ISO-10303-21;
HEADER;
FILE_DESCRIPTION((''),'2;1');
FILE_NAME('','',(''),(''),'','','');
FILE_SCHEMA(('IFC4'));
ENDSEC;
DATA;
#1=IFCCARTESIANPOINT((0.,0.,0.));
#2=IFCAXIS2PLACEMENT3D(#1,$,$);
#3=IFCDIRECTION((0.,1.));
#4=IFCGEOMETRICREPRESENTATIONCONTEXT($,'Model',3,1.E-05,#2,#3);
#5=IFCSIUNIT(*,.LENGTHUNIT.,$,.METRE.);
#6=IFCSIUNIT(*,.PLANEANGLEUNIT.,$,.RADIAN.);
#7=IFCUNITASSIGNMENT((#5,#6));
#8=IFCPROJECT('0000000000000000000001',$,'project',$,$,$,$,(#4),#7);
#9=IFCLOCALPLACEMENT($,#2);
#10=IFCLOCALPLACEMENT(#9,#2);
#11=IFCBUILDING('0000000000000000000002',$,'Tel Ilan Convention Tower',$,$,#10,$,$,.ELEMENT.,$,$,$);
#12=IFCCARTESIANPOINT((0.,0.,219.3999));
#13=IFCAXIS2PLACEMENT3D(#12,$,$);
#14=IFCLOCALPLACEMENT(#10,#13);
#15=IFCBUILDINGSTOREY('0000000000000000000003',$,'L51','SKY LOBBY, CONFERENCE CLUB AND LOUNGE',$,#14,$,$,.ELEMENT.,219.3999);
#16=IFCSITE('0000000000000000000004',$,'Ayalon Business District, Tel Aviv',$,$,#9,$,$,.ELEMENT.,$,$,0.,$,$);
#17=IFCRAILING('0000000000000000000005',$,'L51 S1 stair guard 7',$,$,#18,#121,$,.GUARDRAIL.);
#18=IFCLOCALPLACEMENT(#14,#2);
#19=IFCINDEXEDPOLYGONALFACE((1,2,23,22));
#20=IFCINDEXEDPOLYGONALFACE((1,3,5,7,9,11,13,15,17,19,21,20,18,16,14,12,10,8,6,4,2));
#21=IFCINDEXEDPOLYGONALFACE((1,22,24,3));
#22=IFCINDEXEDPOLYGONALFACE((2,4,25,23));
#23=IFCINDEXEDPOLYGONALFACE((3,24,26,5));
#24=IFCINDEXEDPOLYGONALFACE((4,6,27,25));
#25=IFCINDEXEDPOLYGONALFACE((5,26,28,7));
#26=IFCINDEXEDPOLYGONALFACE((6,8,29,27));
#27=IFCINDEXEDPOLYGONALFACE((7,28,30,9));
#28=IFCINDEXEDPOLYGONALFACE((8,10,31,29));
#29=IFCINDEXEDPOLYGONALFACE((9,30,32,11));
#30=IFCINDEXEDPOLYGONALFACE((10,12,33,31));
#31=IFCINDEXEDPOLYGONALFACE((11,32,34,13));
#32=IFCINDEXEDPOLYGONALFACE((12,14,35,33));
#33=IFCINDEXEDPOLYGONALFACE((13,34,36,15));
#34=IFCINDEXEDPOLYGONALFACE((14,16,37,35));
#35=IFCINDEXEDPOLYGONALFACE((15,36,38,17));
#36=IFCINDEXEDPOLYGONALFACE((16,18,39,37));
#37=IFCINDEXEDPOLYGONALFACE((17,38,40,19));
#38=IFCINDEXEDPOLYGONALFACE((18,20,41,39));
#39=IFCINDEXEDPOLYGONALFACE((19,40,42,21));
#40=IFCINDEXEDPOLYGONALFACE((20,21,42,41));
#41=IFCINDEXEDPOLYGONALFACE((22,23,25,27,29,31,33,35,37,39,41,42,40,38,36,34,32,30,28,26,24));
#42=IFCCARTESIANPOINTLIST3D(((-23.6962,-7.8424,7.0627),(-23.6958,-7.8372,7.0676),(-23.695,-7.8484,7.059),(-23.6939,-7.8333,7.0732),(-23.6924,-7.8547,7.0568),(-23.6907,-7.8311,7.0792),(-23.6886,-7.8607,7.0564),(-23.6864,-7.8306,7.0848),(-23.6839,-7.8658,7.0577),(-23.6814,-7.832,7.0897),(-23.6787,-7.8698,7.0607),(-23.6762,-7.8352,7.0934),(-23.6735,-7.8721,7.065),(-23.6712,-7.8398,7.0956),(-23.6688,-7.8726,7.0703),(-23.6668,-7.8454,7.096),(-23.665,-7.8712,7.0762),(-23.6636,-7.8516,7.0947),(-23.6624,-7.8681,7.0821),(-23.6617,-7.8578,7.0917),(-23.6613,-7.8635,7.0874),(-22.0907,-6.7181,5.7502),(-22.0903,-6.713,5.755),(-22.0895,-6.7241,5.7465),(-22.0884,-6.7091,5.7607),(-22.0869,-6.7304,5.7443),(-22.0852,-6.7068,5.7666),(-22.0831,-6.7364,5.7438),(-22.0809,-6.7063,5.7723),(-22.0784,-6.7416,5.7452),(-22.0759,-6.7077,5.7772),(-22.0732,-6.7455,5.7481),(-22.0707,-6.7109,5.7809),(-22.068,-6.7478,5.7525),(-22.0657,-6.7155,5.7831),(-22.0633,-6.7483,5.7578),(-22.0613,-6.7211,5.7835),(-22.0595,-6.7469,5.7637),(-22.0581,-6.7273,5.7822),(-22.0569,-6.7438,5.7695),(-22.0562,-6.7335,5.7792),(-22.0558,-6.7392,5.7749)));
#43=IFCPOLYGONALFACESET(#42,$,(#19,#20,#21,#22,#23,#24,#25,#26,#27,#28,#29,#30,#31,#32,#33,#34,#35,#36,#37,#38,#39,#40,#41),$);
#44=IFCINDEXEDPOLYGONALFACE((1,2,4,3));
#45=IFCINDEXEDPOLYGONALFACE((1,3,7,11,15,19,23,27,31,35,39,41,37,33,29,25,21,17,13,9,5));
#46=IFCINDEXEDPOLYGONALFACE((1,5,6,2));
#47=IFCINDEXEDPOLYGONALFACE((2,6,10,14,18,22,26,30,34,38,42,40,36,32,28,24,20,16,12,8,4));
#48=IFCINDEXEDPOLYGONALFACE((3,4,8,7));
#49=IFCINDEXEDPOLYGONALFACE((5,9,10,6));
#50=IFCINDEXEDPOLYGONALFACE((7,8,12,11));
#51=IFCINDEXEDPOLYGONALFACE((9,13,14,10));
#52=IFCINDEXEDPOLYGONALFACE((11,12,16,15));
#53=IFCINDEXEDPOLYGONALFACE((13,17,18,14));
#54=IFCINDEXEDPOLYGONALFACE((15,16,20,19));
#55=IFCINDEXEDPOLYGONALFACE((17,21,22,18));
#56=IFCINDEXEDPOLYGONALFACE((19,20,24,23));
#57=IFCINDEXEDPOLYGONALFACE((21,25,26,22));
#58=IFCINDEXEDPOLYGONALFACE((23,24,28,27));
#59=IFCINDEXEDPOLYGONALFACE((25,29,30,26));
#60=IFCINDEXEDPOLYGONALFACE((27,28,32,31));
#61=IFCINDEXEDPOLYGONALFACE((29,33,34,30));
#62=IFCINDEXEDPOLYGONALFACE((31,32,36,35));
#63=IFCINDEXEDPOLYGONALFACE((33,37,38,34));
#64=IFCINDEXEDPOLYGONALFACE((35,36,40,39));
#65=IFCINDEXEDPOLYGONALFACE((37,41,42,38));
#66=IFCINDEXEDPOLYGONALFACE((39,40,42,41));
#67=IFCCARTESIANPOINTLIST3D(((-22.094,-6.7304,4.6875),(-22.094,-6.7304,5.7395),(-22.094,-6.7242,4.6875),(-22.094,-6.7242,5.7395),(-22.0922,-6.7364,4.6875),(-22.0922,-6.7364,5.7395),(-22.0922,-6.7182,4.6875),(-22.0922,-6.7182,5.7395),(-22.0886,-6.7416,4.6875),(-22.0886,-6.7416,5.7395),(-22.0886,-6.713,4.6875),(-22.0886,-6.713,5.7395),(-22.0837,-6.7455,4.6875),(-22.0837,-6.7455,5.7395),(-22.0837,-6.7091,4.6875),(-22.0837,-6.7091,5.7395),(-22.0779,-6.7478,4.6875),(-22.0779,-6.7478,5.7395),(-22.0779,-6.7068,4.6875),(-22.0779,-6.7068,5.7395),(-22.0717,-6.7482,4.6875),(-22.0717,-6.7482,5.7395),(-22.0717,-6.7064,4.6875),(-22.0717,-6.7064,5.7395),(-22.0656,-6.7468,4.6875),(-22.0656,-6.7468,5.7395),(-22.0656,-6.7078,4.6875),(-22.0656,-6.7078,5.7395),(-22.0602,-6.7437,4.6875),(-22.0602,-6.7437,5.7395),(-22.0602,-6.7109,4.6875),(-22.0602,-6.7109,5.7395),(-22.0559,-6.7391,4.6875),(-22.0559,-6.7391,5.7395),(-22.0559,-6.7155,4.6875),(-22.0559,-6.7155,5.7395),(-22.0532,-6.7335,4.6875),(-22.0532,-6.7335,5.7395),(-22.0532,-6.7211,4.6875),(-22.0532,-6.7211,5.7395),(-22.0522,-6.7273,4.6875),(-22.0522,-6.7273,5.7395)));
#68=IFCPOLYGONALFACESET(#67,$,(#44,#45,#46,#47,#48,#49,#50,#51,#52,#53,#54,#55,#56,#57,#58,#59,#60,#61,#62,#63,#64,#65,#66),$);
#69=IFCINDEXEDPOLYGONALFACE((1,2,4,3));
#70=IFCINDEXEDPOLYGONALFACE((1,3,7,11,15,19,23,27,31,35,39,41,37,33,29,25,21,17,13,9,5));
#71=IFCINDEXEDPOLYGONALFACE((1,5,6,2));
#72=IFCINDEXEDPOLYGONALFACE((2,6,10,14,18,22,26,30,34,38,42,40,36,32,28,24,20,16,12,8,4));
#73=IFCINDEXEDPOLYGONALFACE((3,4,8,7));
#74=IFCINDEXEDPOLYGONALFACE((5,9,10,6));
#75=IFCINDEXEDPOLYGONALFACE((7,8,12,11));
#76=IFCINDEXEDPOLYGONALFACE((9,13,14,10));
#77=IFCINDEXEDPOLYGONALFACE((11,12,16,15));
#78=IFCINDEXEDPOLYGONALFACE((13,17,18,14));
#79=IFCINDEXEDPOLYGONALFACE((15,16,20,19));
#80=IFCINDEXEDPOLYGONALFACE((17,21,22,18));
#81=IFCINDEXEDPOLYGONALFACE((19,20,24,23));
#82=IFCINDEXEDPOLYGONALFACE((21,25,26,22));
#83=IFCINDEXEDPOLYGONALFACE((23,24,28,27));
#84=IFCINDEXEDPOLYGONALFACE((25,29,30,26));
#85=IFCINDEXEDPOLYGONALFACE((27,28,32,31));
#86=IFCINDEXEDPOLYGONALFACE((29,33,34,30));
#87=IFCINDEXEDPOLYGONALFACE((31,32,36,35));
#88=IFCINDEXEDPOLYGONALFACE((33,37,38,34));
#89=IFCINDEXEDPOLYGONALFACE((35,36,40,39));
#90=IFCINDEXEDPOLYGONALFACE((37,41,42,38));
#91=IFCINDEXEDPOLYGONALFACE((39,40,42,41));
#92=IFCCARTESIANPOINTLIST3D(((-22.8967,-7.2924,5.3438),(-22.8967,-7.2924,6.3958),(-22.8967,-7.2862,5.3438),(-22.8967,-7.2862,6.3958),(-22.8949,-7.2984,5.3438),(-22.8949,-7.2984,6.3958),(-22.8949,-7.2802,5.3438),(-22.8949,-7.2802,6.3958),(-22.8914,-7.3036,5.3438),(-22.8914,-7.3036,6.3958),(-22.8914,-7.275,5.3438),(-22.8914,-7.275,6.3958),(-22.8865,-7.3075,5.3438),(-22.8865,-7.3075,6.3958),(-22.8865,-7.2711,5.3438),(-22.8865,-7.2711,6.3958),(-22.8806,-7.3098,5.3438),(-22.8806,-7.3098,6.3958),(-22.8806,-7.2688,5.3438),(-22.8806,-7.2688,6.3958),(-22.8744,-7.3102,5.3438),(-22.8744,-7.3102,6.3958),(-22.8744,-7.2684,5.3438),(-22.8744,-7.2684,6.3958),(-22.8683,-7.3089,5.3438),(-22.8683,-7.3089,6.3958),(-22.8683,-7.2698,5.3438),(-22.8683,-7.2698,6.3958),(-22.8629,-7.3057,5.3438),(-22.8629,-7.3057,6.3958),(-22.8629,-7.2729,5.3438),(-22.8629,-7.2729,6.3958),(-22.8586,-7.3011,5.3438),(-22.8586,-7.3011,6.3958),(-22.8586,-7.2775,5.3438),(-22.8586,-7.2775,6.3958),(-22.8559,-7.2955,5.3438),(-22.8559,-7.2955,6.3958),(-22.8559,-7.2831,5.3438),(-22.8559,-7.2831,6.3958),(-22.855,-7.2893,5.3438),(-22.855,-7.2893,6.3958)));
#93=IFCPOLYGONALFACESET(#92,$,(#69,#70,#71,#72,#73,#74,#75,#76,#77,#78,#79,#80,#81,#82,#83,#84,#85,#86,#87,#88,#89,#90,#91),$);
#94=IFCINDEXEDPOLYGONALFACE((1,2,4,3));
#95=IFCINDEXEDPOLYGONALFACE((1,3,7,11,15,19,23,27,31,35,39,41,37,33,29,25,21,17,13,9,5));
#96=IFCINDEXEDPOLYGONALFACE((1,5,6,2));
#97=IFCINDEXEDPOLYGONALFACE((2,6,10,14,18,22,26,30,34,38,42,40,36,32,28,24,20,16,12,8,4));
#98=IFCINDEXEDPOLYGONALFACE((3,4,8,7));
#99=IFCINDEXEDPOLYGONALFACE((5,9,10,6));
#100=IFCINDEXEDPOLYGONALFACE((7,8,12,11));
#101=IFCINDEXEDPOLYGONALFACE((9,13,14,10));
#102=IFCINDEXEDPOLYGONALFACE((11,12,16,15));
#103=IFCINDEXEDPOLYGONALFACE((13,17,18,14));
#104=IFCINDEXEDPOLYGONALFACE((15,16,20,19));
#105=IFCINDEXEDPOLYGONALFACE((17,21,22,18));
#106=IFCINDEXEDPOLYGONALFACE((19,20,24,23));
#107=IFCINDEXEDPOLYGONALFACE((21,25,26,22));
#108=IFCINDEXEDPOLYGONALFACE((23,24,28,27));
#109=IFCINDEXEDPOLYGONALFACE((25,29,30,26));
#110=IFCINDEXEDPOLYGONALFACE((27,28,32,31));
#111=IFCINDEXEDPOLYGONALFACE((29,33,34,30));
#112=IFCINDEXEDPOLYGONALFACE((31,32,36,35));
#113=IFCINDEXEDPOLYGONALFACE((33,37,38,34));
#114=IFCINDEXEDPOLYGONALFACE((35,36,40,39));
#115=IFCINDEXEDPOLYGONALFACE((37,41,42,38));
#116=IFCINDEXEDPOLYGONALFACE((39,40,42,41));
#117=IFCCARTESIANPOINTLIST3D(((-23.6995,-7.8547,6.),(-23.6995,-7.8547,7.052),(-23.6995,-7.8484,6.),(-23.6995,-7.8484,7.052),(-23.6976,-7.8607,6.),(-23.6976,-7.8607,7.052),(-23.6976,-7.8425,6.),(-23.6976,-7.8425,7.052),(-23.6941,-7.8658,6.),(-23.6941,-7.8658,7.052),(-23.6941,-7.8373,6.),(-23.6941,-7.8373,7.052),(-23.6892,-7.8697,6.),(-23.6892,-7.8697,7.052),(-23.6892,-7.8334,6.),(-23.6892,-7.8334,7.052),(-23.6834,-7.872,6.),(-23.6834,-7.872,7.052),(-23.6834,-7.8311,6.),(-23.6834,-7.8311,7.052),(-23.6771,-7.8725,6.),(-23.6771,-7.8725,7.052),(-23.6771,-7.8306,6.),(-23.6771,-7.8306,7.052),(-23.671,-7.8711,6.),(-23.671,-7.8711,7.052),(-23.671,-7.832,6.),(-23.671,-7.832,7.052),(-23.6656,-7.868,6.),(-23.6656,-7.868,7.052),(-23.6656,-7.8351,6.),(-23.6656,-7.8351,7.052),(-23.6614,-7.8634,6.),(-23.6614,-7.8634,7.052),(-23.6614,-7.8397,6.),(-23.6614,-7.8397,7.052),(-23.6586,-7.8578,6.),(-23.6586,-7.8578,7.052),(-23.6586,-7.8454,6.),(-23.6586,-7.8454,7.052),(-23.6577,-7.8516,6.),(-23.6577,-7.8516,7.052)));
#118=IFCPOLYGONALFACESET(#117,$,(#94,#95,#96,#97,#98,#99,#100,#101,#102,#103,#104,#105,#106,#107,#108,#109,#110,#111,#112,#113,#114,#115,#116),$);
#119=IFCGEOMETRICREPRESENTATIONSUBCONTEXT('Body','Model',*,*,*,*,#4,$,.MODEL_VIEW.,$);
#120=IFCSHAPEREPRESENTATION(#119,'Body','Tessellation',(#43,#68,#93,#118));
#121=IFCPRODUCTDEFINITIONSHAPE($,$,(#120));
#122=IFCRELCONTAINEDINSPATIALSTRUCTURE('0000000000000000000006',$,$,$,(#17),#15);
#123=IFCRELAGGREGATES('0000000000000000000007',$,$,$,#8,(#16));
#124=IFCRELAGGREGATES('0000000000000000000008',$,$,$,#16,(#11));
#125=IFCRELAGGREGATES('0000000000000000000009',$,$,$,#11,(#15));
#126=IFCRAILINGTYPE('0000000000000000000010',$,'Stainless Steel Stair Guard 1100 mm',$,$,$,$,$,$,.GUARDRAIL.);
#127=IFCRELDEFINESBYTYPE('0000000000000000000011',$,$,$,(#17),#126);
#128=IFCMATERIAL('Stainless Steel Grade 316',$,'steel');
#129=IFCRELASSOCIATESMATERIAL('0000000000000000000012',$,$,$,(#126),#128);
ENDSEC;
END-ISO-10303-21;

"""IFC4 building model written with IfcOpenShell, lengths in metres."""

from ifc_helpers import new_model, si_unit, direction, frame, origin, origin_2d, place, context, subcontext, project, spatial, circle, extrude, material, type_object, element, save


model = new_model("IFC4")

# Units and contexts
model_context = context("Model", 3, precision=1e-05, world=origin(), true_north=direction((0.0, 1.0)))
body_context = subcontext(model_context, "Body", "Model", "MODEL_VIEW")
ifc_project = project(units=[si_unit("LENGTHUNIT", "METRE"), si_unit("PLANEANGLEUNIT", "RADIAN")], contexts=[model_context])

# Site, building, storey
site_placement = place(None, origin())
site = spatial("IfcSite", under=ifc_project, at=site_placement, Name="Ayalon Business District, Tel Aviv", CompositionType="ELEMENT", RefElevation=0.0)
building_placement = place(site_placement, origin())
building = spatial("IfcBuilding", under=site, at=building_placement, Name="Tel Ilan Convention Tower", CompositionType="ELEMENT")
storey_placement = place(building_placement, frame((0.0, 0.0, 219.3999)))
storey = spatial("IfcBuildingStorey", under=building, at=storey_placement, Name="L51", Description="SKY LOBBY, CONFERENCE CLUB AND LOUNGE", CompositionType="ELEMENT", Elevation=219.3999)

# Railing
ifc_material_1 = material(Name="Stainless Steel Grade 316", Category="steel")
railing_type_1 = type_object("IfcRailingType", Name="Stainless Steel Stair Guard 1100 mm", PredefinedType="GUARDRAIL", material=ifc_material_1)
railing_1_placement = place(storey_placement, frame((-22.0732, -6.7273, 4.6875)))
element("IfcRailing", 1, at=railing_1_placement, inside=storey, type_object=railing_type_1, Name="L51 S1 stair guard 7", PredefinedType="GUARDRAIL", context=body_context, shape_type="SweptSolid", body=[
    extrude(circle(Radius=0.0239, at=origin_2d()), frame((0.0, 0.0, 1.0762), z_axis=(-0.680616, -0.476617, 0.556416), x_axis=(0.573613, -0.819127, 0.0)), (0.0, 0.0, 1.0), 2.3589),
    extrude(circle(Radius=0.021, at=origin_2d()), origin(), (0.0, 0.0, 1.0), 1.052),
    extrude(circle(Radius=0.021, at=origin_2d()), frame((-0.8027, -0.562, 0.6562)), (0.0, 0.0, 1.0), 1.052),
    extrude(circle(Radius=0.021, at=origin_2d()), frame((-1.6055, -1.1243, 1.3125)), (0.0, 0.0, 1.0), 1.052),
])

save(model, "model.ifc")
